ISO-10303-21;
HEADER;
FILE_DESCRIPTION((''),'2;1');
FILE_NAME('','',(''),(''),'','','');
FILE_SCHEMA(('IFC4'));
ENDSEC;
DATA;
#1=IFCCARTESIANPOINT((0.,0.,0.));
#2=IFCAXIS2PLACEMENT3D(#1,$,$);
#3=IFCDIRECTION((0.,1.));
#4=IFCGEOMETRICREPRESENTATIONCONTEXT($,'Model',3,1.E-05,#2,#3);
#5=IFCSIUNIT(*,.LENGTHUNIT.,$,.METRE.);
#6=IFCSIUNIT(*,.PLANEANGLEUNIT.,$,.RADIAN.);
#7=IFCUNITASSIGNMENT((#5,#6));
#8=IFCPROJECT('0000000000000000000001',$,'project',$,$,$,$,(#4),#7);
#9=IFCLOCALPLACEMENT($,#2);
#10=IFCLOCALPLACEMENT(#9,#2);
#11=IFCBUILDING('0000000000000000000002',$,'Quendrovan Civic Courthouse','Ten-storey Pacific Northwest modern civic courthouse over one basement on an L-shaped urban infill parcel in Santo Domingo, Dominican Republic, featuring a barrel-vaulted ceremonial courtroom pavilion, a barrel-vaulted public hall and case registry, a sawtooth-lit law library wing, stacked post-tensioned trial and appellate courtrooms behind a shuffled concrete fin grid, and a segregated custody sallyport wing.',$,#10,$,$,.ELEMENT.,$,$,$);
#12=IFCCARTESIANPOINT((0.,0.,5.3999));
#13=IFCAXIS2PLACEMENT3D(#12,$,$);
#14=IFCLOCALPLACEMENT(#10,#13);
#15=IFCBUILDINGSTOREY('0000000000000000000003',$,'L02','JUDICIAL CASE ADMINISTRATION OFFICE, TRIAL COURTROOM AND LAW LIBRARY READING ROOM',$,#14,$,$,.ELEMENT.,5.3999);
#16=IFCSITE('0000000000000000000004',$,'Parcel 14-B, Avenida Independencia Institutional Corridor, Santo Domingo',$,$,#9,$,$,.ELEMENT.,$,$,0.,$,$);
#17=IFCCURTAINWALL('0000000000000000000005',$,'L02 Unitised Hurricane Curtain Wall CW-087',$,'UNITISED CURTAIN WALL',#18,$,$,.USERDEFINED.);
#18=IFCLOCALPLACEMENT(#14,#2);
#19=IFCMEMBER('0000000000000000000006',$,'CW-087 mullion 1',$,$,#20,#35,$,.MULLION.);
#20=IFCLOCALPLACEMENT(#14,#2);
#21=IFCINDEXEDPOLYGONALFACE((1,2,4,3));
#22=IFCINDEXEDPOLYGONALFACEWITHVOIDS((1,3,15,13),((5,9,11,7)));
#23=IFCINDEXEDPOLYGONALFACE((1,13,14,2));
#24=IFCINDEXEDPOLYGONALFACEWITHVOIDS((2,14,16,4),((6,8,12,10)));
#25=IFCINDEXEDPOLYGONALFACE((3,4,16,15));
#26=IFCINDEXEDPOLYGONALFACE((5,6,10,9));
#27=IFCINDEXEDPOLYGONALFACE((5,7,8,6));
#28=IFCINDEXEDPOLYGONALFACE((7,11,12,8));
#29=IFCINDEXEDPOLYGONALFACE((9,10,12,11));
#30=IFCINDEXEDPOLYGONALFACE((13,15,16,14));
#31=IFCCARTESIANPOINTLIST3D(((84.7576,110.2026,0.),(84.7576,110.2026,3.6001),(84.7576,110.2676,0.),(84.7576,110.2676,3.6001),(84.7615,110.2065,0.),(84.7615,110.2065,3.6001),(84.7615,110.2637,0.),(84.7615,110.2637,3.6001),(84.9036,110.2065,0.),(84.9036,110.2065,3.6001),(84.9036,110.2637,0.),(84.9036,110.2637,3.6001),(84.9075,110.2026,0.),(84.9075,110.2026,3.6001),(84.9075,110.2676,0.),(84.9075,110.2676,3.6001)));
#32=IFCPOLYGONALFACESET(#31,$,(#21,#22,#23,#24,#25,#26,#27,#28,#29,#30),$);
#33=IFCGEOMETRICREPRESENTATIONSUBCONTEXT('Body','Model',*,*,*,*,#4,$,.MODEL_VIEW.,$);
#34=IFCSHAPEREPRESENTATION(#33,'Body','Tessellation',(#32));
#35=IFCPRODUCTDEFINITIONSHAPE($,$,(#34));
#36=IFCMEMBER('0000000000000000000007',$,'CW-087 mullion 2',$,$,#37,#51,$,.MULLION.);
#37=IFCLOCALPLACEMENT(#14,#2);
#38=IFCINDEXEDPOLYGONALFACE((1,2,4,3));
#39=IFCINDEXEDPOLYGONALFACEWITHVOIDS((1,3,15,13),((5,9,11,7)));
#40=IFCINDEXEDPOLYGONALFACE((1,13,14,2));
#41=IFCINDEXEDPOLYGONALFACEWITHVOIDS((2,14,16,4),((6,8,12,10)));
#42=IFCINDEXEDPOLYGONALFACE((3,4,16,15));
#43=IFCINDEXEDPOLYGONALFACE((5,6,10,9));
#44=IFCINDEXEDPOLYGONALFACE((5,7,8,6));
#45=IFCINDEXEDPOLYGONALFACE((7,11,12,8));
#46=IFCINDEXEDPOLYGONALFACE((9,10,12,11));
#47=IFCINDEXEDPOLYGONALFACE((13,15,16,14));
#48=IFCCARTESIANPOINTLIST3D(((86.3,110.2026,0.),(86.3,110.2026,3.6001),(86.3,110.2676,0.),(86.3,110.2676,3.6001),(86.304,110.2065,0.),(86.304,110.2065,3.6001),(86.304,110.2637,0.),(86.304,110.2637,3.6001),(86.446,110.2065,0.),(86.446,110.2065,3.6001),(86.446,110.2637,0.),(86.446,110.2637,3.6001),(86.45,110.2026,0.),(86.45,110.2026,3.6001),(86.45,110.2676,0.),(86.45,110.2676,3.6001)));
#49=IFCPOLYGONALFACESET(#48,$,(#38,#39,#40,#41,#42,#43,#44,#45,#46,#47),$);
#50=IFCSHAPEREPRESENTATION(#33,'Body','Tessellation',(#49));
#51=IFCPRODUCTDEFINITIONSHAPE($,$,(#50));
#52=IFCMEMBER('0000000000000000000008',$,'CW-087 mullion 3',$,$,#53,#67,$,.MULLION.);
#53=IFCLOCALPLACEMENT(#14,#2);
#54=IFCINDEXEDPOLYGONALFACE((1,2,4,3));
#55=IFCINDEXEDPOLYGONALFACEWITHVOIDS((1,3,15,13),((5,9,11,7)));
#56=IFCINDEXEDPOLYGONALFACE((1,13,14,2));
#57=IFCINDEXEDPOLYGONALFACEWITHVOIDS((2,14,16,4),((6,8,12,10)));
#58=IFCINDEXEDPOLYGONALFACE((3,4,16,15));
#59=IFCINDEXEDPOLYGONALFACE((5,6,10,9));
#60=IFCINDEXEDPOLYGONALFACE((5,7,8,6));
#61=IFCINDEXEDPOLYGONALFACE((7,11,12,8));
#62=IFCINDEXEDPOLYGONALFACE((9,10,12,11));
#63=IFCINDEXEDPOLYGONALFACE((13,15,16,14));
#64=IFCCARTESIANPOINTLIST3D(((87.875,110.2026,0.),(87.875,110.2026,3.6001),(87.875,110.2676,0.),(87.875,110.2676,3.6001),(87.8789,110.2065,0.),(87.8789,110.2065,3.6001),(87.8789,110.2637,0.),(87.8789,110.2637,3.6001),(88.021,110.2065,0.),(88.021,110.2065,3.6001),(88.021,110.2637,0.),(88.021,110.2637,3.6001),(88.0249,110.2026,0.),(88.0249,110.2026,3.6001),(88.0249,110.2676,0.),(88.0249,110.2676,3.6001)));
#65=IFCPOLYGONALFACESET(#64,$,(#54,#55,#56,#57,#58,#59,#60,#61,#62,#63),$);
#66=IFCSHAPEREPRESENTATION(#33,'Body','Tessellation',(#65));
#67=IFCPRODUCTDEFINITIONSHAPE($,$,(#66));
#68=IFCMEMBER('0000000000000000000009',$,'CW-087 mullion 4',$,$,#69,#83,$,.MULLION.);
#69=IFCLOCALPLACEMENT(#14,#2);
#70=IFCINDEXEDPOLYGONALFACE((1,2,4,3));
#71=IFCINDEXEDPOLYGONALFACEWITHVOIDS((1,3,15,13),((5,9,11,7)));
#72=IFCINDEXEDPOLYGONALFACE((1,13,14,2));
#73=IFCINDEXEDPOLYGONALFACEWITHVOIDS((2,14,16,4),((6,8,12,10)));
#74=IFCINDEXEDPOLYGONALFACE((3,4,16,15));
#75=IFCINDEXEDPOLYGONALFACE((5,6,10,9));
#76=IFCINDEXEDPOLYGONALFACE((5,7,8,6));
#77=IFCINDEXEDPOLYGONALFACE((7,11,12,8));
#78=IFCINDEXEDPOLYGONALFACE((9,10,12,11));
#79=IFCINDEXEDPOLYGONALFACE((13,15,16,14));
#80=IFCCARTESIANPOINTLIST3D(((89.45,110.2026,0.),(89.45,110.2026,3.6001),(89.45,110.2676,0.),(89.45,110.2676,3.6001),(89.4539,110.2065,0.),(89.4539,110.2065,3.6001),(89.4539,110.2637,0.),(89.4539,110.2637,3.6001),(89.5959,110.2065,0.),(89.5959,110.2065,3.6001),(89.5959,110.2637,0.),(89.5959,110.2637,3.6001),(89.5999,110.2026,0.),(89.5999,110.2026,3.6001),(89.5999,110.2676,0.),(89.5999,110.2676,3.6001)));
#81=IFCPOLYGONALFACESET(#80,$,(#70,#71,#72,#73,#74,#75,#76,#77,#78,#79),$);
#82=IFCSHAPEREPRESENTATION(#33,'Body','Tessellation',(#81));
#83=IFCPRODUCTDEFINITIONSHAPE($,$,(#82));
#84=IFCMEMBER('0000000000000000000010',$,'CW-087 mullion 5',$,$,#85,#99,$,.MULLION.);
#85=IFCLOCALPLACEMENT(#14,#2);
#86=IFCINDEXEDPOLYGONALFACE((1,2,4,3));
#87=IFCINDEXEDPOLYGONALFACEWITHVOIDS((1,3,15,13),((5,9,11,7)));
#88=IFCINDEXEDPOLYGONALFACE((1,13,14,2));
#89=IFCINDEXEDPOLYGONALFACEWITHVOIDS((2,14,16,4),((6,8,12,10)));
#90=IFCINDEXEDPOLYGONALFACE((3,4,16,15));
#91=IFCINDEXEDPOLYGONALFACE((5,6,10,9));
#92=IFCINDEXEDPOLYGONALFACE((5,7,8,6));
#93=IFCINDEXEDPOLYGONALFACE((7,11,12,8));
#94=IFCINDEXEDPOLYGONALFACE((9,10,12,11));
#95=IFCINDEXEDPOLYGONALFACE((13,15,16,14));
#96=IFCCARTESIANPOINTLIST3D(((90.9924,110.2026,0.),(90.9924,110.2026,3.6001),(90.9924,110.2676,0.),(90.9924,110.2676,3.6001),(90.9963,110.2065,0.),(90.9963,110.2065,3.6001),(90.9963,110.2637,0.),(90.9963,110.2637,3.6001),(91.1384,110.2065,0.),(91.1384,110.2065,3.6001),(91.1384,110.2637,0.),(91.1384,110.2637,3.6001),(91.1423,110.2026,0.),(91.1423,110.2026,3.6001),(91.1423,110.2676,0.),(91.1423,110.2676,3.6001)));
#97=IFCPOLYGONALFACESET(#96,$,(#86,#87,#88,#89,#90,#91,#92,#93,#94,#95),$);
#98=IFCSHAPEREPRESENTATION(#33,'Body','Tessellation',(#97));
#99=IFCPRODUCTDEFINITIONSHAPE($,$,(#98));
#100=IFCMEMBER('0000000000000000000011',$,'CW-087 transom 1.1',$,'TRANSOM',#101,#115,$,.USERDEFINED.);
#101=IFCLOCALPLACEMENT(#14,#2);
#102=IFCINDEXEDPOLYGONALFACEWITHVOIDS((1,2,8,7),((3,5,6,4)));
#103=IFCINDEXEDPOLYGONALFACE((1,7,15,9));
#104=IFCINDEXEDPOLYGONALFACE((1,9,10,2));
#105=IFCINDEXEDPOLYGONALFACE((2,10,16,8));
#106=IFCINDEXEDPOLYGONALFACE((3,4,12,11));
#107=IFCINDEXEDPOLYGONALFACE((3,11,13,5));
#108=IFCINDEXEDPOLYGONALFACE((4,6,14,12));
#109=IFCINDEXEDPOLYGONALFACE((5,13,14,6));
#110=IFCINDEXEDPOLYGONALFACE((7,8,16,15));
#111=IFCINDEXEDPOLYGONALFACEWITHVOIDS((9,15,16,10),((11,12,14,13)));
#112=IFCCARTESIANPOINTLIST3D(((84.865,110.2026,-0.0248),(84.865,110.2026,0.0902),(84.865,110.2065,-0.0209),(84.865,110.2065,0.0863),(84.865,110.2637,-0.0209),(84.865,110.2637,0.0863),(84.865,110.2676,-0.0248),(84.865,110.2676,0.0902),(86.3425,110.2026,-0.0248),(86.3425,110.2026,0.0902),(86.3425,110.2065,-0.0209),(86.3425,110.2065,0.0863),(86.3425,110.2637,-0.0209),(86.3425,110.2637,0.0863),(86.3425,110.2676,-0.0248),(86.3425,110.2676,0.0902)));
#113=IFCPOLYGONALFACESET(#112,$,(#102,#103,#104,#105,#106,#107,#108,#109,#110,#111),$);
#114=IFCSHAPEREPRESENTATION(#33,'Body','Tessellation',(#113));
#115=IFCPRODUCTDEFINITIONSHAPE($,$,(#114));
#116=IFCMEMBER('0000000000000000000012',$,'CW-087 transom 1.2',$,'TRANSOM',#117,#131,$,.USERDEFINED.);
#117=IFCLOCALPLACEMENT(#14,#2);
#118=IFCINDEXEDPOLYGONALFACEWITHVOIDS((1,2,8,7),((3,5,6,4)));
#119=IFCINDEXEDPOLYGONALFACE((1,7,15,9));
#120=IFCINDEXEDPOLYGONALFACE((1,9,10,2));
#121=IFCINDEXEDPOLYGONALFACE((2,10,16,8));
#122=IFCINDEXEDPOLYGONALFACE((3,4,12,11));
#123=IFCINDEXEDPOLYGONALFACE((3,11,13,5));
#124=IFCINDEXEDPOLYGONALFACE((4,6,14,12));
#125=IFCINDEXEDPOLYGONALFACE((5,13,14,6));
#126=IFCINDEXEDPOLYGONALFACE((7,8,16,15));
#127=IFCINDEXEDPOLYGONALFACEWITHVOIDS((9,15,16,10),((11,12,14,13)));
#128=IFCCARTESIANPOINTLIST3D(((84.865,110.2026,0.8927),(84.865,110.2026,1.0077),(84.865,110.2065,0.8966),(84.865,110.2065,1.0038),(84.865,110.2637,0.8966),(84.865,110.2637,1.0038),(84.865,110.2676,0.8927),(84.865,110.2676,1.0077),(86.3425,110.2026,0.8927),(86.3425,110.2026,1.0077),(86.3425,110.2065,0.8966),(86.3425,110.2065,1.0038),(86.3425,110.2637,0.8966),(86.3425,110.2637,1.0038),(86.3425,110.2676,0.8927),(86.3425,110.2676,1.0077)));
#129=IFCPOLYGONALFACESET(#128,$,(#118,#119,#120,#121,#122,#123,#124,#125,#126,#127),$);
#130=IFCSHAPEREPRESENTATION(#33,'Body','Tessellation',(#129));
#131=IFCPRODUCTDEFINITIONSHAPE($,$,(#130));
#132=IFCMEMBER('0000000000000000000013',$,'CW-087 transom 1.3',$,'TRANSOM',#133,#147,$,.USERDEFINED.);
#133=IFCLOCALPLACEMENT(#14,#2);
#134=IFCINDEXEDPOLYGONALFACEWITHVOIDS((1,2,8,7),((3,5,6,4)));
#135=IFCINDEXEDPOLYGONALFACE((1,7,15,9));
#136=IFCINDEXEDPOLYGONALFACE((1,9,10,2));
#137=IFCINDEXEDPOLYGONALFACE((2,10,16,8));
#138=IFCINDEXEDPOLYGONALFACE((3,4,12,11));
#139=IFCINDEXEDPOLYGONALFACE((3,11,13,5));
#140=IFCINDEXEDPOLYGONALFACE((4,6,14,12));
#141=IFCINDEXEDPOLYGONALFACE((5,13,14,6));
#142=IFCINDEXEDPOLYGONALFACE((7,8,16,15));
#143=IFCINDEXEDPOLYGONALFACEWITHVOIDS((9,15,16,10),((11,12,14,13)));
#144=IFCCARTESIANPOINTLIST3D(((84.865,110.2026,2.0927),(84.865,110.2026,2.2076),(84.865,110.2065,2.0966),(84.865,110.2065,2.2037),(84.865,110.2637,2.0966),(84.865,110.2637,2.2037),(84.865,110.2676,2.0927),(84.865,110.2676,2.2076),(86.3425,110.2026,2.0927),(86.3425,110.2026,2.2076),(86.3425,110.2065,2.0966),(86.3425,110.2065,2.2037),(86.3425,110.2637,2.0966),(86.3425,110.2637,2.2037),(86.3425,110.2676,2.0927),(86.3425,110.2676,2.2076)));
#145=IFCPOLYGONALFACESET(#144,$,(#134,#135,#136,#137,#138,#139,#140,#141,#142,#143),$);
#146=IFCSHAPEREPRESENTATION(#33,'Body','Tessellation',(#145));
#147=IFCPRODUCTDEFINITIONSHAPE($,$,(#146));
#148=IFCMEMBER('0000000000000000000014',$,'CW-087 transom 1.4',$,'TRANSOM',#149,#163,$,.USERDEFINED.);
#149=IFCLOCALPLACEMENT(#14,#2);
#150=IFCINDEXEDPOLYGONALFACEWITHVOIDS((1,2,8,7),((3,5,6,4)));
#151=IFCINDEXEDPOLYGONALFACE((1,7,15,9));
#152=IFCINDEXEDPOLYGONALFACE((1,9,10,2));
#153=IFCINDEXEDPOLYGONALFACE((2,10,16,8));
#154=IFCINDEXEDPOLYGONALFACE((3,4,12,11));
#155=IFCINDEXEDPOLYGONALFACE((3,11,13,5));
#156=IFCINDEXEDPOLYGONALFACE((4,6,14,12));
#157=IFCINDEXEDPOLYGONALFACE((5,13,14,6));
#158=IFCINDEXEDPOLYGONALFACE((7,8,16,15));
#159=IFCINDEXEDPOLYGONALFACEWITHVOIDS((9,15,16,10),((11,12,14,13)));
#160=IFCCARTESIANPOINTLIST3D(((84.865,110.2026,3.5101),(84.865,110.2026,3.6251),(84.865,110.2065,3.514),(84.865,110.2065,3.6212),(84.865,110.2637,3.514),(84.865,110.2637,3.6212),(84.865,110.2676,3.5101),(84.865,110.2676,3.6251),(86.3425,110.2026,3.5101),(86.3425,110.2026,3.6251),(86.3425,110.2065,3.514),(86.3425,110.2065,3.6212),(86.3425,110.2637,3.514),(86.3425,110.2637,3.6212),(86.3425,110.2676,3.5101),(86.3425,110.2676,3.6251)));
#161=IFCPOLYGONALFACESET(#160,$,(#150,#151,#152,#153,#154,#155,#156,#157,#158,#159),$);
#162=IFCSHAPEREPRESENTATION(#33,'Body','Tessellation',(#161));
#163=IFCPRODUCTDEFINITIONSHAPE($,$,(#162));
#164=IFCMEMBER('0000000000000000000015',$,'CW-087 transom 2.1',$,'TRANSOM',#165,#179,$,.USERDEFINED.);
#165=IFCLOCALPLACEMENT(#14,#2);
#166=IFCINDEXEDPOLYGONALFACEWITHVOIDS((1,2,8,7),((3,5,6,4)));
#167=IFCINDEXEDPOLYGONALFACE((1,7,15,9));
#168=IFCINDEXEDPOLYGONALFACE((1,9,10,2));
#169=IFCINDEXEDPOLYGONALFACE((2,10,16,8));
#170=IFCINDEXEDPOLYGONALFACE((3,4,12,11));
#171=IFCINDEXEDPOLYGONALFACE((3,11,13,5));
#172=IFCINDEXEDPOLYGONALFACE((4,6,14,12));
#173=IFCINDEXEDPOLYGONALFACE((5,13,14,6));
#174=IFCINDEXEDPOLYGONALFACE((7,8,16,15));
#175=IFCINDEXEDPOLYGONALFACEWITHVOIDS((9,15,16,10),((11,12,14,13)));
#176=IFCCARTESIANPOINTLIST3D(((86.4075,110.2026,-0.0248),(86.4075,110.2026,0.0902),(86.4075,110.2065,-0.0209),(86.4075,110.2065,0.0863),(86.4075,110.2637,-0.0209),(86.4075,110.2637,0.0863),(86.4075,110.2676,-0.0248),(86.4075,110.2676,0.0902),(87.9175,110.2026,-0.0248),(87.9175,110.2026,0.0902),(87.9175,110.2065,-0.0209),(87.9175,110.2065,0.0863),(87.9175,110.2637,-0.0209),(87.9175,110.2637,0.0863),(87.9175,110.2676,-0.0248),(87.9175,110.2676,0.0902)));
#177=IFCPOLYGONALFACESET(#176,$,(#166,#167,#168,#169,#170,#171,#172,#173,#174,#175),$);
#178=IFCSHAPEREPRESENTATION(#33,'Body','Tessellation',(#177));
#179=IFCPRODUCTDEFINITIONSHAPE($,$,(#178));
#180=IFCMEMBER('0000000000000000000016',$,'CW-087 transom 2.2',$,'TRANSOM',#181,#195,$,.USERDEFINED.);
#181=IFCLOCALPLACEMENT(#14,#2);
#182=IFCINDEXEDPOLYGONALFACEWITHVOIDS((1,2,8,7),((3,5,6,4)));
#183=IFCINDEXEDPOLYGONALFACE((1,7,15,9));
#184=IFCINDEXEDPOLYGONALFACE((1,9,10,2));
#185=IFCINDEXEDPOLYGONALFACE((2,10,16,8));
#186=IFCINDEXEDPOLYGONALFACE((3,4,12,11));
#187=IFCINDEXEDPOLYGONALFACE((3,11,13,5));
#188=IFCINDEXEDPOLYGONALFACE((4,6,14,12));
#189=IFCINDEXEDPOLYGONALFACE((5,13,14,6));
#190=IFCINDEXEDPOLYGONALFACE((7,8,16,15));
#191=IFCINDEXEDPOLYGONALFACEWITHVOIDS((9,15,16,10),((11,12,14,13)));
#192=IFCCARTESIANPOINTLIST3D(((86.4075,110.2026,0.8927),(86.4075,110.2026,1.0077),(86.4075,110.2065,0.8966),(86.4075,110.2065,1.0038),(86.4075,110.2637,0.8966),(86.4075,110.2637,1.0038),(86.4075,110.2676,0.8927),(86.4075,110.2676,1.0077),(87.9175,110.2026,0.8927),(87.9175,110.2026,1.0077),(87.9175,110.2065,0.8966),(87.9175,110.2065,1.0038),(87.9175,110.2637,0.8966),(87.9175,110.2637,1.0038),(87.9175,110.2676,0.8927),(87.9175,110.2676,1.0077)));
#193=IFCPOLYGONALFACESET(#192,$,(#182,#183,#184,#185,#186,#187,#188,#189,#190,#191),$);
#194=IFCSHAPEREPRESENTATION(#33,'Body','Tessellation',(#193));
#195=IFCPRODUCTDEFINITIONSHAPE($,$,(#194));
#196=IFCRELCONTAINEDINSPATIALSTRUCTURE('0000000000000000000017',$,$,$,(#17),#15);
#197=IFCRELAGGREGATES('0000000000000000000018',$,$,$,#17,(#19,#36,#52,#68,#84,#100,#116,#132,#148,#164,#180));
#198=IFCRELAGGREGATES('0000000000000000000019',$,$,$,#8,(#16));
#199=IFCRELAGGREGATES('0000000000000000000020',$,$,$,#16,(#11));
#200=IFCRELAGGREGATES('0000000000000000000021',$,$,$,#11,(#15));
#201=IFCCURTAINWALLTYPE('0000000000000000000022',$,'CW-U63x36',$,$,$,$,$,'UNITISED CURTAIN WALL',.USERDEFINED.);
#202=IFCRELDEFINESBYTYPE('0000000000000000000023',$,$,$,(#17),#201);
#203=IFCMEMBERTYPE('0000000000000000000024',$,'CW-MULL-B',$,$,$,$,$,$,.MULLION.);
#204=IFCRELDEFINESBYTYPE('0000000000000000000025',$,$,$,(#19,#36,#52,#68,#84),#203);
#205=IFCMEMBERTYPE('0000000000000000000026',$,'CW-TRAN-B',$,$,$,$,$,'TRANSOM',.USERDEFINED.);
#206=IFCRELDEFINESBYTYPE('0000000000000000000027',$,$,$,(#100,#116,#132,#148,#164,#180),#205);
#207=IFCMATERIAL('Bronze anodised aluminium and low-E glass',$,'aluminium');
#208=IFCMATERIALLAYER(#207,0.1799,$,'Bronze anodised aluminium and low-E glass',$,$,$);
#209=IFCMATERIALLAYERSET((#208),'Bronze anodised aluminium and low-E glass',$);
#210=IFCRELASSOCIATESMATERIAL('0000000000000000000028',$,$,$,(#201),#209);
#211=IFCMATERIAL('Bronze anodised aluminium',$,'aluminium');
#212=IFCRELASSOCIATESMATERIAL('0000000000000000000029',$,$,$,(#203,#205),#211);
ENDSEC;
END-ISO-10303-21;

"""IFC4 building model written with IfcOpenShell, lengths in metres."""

from ifc_helpers import new_model, si_unit, direction, frame, origin, origin_2d, place, context, subcontext, project, spatial, hollow_rectangle, extrude, material, layer, layer_set, material_profile, profile_set, type_object, element, aggregate, save


model = new_model("IFC4")

# Units and contexts
model_context = context("Model", 3, precision=1e-05, world=origin(), true_north=direction((0.0, 1.0)))
body_context = subcontext(model_context, "Body", "Model", "MODEL_VIEW")
ifc_project = project(units=[si_unit("LENGTHUNIT", "METRE"), si_unit("PLANEANGLEUNIT", "RADIAN")], contexts=[model_context])

# Site, building, storey
site_placement = place(None, origin())
site = spatial("IfcSite", under=ifc_project, at=site_placement, Name="Parcel 14-B, Avenida Independencia Institutional Corridor, Santo Domingo", CompositionType="ELEMENT", RefElevation=0.0)
building_placement = place(site_placement, origin())
building = spatial("IfcBuilding", under=site, at=building_placement, Name="Quendrovan Civic Courthouse", Description="Ten-storey Pacific Northwest modern civic courthouse over one basement on an L-shaped urban infill parcel in Santo Domingo, Dominican Republic, featuring a barrel-vaulted ceremonial courtroom pavilion, a barrel-vaulted public hall and case registry, a sawtooth-lit law library wing, stacked post-tensioned trial and appellate courtrooms behind a shuffled concrete fin grid, and a segregated custody sallyport wing.", CompositionType="ELEMENT")
storey_placement = place(building_placement, frame((0.0, 0.0, 5.3999)))
storey = spatial("IfcBuildingStorey", under=building, at=storey_placement, Name="L02", Description="JUDICIAL CASE ADMINISTRATION OFFICE, TRIAL COURTROOM AND LAW LIBRARY READING ROOM", CompositionType="ELEMENT", Elevation=5.3999)

# Curtain wall, members
ifc_material_1 = material(Name="Bronze anodised aluminium and low-E glass", Category="aluminium")
ifc_layer_1 = layer(ifc_material_1, 0.1799, Name="Bronze anodised aluminium and low-E glass")
ifc_layer_set_1 = layer_set([ifc_layer_1], Name="Bronze anodised aluminium and low-E glass")
curtain_wall_type = type_object("IfcCurtainWallType", Name="CW-U63x36", ElementType="UNITISED CURTAIN WALL", PredefinedType="USERDEFINED", material=ifc_layer_set_1)
curtain_wall_placement = place(storey_placement, origin())
curtain_wall = element("IfcCurtainWall", 1, at=curtain_wall_placement, inside=storey, type_object=curtain_wall_type, Name="L02 Unitised Hurricane Curtain Wall CW-087", ObjectType="UNITISED CURTAIN WALL", PredefinedType="USERDEFINED")
ifc_material_2 = material(Name="Bronze anodised aluminium", Category="aluminium")
ifc_material_profile_1 = material_profile(ifc_material_2, hollow_rectangle(XDim=0.0649, YDim=0.1499, WallThickness=0.0039, at=origin_2d()), Name="CW-MULL-65x150")
ifc_profile_set_1 = profile_set([ifc_material_profile_1], Name="Bronze anodised aluminium")
member_type_1 = type_object("IfcMemberType", Name="CW-MULL-B", PredefinedType="MULLION", material=ifc_profile_set_1)
member_1_placement = place(storey_placement, frame((84.8325, 110.2351, 0.0), z_axis=(0.0, 0.0, 1.0), x_axis=(0.0, 1.0, 0.0)))
member_1 = element("IfcMember", 2, at=member_1_placement, type_object=member_type_1, Name="CW-087 mullion 1", PredefinedType="MULLION", context=body_context, shape_type="SweptSolid", body=[
    extrude(hollow_rectangle(XDim=0.0649, YDim=0.1499, WallThickness=0.0039, at=origin_2d()), origin(), (0.0, 0.0, 1.0), 3.6001),
])
member_2_placement = place(storey_placement, frame((86.375, 110.2351, 0.0), z_axis=(0.0, 0.0, 1.0), x_axis=(0.0, 1.0, 0.0)))
member_2 = element("IfcMember", 3, at=member_2_placement, type_object=member_type_1, Name="CW-087 mullion 2", PredefinedType="MULLION", context=body_context, shape_type="SweptSolid", body=[
    extrude(hollow_rectangle(XDim=0.0649, YDim=0.1499, WallThickness=0.0039, at=origin_2d()), origin(), (0.0, 0.0, 1.0), 3.6001),
])
member_3_placement = place(storey_placement, frame((87.95, 110.2351, 0.0), z_axis=(0.0, 0.0, 1.0), x_axis=(0.0, 1.0, 0.0)))
member_3 = element("IfcMember", 4, at=member_3_placement, type_object=member_type_1, Name="CW-087 mullion 3", PredefinedType="MULLION", context=body_context, shape_type="SweptSolid", body=[
    extrude(hollow_rectangle(XDim=0.0649, YDim=0.1499, WallThickness=0.0039, at=origin_2d()), origin(), (0.0, 0.0, 1.0), 3.6001),
])
member_4_placement = place(storey_placement, frame((89.5249, 110.2351, 0.0), z_axis=(0.0, 0.0, 1.0), x_axis=(0.0, 1.0, 0.0)))
member_4 = element("IfcMember", 5, at=member_4_placement, type_object=member_type_1, Name="CW-087 mullion 4", PredefinedType="MULLION", context=body_context, shape_type="SweptSolid", body=[
    extrude(hollow_rectangle(XDim=0.0649, YDim=0.1499, WallThickness=0.0039, at=origin_2d()), origin(), (0.0, 0.0, 1.0), 3.6001),
])
member_5_placement = place(storey_placement, frame((91.0674, 110.2351, 0.0), z_axis=(0.0, 0.0, 1.0), x_axis=(0.0, 1.0, 0.0)))
member_5 = element("IfcMember", 6, at=member_5_placement, type_object=member_type_1, Name="CW-087 mullion 5", PredefinedType="MULLION", context=body_context, shape_type="SweptSolid", body=[
    extrude(hollow_rectangle(XDim=0.0649, YDim=0.1499, WallThickness=0.0039, at=origin_2d()), origin(), (0.0, 0.0, 1.0), 3.6001),
])
ifc_material_profile_2 = material_profile(ifc_material_2, hollow_rectangle(XDim=0.0649, YDim=0.115, WallThickness=0.0039, at=origin_2d()), Name="CW-TRAN-65x115")
ifc_profile_set_2 = profile_set([ifc_material_profile_2], Name="Bronze anodised aluminium")
member_type_2 = type_object("IfcMemberType", Name="CW-TRAN-B", ElementType="TRANSOM", PredefinedType="USERDEFINED", material=ifc_profile_set_2)
member_6_placement = place(storey_placement, frame((84.865, 110.2351, 0.0327), z_axis=(1.0, 0.0, 0.0), x_axis=(0.0, 1.0, 0.0)))
member_6 = element("IfcMember", 7, at=member_6_placement, type_object=member_type_2, Name="CW-087 transom 1.1", ObjectType="TRANSOM", PredefinedType="USERDEFINED", context=body_context, shape_type="SweptSolid", body=[
    extrude(hollow_rectangle(XDim=0.0649, YDim=0.115, WallThickness=0.0039, at=origin_2d()), origin(), (0.0, 0.0, 1.0), 1.4775),
])
member_7_placement = place(storey_placement, frame((84.865, 110.2351, 0.9502), z_axis=(1.0, 0.0, 0.0), x_axis=(0.0, 1.0, 0.0)))
member_7 = element("IfcMember", 8, at=member_7_placement, type_object=member_type_2, Name="CW-087 transom 1.2", ObjectType="TRANSOM", PredefinedType="USERDEFINED", context=body_context, shape_type="SweptSolid", body=[
    extrude(hollow_rectangle(XDim=0.0649, YDim=0.115, WallThickness=0.0039, at=origin_2d()), origin(), (0.0, 0.0, 1.0), 1.4775),
])
member_8_placement = place(storey_placement, frame((84.865, 110.2351, 2.1501), z_axis=(1.0, 0.0, 0.0), x_axis=(0.0, 1.0, 0.0)))
member_8 = element("IfcMember", 9, at=member_8_placement, type_object=member_type_2, Name="CW-087 transom 1.3", ObjectType="TRANSOM", PredefinedType="USERDEFINED", context=body_context, shape_type="SweptSolid", body=[
    extrude(hollow_rectangle(XDim=0.0649, YDim=0.115, WallThickness=0.0039, at=origin_2d()), origin(), (0.0, 0.0, 1.0), 1.4775),
])
member_9_placement = place(storey_placement, frame((84.865, 110.2351, 3.5676), z_axis=(1.0, 0.0, 0.0), x_axis=(0.0, 1.0, 0.0)))
member_9 = element("IfcMember", 10, at=member_9_placement, type_object=member_type_2, Name="CW-087 transom 1.4", ObjectType="TRANSOM", PredefinedType="USERDEFINED", context=body_context, shape_type="SweptSolid", body=[
    extrude(hollow_rectangle(XDim=0.0649, YDim=0.115, WallThickness=0.0039, at=origin_2d()), origin(), (0.0, 0.0, 1.0), 1.4775),
])
member_10_placement = place(storey_placement, frame((86.4075, 110.2351, 0.0327), z_axis=(1.0, 0.0, 0.0), x_axis=(0.0, 1.0, 0.0)))
member_10 = element("IfcMember", 11, at=member_10_placement, type_object=member_type_2, Name="CW-087 transom 2.1", ObjectType="TRANSOM", PredefinedType="USERDEFINED", context=body_context, shape_type="SweptSolid", body=[
    extrude(hollow_rectangle(XDim=0.0649, YDim=0.115, WallThickness=0.0039, at=origin_2d()), origin(), (0.0, 0.0, 1.0), 1.51),
])
member_11_placement = place(storey_placement, frame((86.4075, 110.2351, 0.9502), z_axis=(1.0, 0.0, 0.0), x_axis=(0.0, 1.0, 0.0)))
member_11 = element("IfcMember", 12, at=member_11_placement, type_object=member_type_2, Name="CW-087 transom 2.2", ObjectType="TRANSOM", PredefinedType="USERDEFINED", context=body_context, shape_type="SweptSolid", body=[
    extrude(hollow_rectangle(XDim=0.0649, YDim=0.115, WallThickness=0.0039, at=origin_2d()), origin(), (0.0, 0.0, 1.0), 1.51),
])
aggregate(curtain_wall, [member_1, member_2, member_3, member_4, member_5, member_6, member_7, member_8, member_9, member_10, member_11])

save(model, "model.ifc")
